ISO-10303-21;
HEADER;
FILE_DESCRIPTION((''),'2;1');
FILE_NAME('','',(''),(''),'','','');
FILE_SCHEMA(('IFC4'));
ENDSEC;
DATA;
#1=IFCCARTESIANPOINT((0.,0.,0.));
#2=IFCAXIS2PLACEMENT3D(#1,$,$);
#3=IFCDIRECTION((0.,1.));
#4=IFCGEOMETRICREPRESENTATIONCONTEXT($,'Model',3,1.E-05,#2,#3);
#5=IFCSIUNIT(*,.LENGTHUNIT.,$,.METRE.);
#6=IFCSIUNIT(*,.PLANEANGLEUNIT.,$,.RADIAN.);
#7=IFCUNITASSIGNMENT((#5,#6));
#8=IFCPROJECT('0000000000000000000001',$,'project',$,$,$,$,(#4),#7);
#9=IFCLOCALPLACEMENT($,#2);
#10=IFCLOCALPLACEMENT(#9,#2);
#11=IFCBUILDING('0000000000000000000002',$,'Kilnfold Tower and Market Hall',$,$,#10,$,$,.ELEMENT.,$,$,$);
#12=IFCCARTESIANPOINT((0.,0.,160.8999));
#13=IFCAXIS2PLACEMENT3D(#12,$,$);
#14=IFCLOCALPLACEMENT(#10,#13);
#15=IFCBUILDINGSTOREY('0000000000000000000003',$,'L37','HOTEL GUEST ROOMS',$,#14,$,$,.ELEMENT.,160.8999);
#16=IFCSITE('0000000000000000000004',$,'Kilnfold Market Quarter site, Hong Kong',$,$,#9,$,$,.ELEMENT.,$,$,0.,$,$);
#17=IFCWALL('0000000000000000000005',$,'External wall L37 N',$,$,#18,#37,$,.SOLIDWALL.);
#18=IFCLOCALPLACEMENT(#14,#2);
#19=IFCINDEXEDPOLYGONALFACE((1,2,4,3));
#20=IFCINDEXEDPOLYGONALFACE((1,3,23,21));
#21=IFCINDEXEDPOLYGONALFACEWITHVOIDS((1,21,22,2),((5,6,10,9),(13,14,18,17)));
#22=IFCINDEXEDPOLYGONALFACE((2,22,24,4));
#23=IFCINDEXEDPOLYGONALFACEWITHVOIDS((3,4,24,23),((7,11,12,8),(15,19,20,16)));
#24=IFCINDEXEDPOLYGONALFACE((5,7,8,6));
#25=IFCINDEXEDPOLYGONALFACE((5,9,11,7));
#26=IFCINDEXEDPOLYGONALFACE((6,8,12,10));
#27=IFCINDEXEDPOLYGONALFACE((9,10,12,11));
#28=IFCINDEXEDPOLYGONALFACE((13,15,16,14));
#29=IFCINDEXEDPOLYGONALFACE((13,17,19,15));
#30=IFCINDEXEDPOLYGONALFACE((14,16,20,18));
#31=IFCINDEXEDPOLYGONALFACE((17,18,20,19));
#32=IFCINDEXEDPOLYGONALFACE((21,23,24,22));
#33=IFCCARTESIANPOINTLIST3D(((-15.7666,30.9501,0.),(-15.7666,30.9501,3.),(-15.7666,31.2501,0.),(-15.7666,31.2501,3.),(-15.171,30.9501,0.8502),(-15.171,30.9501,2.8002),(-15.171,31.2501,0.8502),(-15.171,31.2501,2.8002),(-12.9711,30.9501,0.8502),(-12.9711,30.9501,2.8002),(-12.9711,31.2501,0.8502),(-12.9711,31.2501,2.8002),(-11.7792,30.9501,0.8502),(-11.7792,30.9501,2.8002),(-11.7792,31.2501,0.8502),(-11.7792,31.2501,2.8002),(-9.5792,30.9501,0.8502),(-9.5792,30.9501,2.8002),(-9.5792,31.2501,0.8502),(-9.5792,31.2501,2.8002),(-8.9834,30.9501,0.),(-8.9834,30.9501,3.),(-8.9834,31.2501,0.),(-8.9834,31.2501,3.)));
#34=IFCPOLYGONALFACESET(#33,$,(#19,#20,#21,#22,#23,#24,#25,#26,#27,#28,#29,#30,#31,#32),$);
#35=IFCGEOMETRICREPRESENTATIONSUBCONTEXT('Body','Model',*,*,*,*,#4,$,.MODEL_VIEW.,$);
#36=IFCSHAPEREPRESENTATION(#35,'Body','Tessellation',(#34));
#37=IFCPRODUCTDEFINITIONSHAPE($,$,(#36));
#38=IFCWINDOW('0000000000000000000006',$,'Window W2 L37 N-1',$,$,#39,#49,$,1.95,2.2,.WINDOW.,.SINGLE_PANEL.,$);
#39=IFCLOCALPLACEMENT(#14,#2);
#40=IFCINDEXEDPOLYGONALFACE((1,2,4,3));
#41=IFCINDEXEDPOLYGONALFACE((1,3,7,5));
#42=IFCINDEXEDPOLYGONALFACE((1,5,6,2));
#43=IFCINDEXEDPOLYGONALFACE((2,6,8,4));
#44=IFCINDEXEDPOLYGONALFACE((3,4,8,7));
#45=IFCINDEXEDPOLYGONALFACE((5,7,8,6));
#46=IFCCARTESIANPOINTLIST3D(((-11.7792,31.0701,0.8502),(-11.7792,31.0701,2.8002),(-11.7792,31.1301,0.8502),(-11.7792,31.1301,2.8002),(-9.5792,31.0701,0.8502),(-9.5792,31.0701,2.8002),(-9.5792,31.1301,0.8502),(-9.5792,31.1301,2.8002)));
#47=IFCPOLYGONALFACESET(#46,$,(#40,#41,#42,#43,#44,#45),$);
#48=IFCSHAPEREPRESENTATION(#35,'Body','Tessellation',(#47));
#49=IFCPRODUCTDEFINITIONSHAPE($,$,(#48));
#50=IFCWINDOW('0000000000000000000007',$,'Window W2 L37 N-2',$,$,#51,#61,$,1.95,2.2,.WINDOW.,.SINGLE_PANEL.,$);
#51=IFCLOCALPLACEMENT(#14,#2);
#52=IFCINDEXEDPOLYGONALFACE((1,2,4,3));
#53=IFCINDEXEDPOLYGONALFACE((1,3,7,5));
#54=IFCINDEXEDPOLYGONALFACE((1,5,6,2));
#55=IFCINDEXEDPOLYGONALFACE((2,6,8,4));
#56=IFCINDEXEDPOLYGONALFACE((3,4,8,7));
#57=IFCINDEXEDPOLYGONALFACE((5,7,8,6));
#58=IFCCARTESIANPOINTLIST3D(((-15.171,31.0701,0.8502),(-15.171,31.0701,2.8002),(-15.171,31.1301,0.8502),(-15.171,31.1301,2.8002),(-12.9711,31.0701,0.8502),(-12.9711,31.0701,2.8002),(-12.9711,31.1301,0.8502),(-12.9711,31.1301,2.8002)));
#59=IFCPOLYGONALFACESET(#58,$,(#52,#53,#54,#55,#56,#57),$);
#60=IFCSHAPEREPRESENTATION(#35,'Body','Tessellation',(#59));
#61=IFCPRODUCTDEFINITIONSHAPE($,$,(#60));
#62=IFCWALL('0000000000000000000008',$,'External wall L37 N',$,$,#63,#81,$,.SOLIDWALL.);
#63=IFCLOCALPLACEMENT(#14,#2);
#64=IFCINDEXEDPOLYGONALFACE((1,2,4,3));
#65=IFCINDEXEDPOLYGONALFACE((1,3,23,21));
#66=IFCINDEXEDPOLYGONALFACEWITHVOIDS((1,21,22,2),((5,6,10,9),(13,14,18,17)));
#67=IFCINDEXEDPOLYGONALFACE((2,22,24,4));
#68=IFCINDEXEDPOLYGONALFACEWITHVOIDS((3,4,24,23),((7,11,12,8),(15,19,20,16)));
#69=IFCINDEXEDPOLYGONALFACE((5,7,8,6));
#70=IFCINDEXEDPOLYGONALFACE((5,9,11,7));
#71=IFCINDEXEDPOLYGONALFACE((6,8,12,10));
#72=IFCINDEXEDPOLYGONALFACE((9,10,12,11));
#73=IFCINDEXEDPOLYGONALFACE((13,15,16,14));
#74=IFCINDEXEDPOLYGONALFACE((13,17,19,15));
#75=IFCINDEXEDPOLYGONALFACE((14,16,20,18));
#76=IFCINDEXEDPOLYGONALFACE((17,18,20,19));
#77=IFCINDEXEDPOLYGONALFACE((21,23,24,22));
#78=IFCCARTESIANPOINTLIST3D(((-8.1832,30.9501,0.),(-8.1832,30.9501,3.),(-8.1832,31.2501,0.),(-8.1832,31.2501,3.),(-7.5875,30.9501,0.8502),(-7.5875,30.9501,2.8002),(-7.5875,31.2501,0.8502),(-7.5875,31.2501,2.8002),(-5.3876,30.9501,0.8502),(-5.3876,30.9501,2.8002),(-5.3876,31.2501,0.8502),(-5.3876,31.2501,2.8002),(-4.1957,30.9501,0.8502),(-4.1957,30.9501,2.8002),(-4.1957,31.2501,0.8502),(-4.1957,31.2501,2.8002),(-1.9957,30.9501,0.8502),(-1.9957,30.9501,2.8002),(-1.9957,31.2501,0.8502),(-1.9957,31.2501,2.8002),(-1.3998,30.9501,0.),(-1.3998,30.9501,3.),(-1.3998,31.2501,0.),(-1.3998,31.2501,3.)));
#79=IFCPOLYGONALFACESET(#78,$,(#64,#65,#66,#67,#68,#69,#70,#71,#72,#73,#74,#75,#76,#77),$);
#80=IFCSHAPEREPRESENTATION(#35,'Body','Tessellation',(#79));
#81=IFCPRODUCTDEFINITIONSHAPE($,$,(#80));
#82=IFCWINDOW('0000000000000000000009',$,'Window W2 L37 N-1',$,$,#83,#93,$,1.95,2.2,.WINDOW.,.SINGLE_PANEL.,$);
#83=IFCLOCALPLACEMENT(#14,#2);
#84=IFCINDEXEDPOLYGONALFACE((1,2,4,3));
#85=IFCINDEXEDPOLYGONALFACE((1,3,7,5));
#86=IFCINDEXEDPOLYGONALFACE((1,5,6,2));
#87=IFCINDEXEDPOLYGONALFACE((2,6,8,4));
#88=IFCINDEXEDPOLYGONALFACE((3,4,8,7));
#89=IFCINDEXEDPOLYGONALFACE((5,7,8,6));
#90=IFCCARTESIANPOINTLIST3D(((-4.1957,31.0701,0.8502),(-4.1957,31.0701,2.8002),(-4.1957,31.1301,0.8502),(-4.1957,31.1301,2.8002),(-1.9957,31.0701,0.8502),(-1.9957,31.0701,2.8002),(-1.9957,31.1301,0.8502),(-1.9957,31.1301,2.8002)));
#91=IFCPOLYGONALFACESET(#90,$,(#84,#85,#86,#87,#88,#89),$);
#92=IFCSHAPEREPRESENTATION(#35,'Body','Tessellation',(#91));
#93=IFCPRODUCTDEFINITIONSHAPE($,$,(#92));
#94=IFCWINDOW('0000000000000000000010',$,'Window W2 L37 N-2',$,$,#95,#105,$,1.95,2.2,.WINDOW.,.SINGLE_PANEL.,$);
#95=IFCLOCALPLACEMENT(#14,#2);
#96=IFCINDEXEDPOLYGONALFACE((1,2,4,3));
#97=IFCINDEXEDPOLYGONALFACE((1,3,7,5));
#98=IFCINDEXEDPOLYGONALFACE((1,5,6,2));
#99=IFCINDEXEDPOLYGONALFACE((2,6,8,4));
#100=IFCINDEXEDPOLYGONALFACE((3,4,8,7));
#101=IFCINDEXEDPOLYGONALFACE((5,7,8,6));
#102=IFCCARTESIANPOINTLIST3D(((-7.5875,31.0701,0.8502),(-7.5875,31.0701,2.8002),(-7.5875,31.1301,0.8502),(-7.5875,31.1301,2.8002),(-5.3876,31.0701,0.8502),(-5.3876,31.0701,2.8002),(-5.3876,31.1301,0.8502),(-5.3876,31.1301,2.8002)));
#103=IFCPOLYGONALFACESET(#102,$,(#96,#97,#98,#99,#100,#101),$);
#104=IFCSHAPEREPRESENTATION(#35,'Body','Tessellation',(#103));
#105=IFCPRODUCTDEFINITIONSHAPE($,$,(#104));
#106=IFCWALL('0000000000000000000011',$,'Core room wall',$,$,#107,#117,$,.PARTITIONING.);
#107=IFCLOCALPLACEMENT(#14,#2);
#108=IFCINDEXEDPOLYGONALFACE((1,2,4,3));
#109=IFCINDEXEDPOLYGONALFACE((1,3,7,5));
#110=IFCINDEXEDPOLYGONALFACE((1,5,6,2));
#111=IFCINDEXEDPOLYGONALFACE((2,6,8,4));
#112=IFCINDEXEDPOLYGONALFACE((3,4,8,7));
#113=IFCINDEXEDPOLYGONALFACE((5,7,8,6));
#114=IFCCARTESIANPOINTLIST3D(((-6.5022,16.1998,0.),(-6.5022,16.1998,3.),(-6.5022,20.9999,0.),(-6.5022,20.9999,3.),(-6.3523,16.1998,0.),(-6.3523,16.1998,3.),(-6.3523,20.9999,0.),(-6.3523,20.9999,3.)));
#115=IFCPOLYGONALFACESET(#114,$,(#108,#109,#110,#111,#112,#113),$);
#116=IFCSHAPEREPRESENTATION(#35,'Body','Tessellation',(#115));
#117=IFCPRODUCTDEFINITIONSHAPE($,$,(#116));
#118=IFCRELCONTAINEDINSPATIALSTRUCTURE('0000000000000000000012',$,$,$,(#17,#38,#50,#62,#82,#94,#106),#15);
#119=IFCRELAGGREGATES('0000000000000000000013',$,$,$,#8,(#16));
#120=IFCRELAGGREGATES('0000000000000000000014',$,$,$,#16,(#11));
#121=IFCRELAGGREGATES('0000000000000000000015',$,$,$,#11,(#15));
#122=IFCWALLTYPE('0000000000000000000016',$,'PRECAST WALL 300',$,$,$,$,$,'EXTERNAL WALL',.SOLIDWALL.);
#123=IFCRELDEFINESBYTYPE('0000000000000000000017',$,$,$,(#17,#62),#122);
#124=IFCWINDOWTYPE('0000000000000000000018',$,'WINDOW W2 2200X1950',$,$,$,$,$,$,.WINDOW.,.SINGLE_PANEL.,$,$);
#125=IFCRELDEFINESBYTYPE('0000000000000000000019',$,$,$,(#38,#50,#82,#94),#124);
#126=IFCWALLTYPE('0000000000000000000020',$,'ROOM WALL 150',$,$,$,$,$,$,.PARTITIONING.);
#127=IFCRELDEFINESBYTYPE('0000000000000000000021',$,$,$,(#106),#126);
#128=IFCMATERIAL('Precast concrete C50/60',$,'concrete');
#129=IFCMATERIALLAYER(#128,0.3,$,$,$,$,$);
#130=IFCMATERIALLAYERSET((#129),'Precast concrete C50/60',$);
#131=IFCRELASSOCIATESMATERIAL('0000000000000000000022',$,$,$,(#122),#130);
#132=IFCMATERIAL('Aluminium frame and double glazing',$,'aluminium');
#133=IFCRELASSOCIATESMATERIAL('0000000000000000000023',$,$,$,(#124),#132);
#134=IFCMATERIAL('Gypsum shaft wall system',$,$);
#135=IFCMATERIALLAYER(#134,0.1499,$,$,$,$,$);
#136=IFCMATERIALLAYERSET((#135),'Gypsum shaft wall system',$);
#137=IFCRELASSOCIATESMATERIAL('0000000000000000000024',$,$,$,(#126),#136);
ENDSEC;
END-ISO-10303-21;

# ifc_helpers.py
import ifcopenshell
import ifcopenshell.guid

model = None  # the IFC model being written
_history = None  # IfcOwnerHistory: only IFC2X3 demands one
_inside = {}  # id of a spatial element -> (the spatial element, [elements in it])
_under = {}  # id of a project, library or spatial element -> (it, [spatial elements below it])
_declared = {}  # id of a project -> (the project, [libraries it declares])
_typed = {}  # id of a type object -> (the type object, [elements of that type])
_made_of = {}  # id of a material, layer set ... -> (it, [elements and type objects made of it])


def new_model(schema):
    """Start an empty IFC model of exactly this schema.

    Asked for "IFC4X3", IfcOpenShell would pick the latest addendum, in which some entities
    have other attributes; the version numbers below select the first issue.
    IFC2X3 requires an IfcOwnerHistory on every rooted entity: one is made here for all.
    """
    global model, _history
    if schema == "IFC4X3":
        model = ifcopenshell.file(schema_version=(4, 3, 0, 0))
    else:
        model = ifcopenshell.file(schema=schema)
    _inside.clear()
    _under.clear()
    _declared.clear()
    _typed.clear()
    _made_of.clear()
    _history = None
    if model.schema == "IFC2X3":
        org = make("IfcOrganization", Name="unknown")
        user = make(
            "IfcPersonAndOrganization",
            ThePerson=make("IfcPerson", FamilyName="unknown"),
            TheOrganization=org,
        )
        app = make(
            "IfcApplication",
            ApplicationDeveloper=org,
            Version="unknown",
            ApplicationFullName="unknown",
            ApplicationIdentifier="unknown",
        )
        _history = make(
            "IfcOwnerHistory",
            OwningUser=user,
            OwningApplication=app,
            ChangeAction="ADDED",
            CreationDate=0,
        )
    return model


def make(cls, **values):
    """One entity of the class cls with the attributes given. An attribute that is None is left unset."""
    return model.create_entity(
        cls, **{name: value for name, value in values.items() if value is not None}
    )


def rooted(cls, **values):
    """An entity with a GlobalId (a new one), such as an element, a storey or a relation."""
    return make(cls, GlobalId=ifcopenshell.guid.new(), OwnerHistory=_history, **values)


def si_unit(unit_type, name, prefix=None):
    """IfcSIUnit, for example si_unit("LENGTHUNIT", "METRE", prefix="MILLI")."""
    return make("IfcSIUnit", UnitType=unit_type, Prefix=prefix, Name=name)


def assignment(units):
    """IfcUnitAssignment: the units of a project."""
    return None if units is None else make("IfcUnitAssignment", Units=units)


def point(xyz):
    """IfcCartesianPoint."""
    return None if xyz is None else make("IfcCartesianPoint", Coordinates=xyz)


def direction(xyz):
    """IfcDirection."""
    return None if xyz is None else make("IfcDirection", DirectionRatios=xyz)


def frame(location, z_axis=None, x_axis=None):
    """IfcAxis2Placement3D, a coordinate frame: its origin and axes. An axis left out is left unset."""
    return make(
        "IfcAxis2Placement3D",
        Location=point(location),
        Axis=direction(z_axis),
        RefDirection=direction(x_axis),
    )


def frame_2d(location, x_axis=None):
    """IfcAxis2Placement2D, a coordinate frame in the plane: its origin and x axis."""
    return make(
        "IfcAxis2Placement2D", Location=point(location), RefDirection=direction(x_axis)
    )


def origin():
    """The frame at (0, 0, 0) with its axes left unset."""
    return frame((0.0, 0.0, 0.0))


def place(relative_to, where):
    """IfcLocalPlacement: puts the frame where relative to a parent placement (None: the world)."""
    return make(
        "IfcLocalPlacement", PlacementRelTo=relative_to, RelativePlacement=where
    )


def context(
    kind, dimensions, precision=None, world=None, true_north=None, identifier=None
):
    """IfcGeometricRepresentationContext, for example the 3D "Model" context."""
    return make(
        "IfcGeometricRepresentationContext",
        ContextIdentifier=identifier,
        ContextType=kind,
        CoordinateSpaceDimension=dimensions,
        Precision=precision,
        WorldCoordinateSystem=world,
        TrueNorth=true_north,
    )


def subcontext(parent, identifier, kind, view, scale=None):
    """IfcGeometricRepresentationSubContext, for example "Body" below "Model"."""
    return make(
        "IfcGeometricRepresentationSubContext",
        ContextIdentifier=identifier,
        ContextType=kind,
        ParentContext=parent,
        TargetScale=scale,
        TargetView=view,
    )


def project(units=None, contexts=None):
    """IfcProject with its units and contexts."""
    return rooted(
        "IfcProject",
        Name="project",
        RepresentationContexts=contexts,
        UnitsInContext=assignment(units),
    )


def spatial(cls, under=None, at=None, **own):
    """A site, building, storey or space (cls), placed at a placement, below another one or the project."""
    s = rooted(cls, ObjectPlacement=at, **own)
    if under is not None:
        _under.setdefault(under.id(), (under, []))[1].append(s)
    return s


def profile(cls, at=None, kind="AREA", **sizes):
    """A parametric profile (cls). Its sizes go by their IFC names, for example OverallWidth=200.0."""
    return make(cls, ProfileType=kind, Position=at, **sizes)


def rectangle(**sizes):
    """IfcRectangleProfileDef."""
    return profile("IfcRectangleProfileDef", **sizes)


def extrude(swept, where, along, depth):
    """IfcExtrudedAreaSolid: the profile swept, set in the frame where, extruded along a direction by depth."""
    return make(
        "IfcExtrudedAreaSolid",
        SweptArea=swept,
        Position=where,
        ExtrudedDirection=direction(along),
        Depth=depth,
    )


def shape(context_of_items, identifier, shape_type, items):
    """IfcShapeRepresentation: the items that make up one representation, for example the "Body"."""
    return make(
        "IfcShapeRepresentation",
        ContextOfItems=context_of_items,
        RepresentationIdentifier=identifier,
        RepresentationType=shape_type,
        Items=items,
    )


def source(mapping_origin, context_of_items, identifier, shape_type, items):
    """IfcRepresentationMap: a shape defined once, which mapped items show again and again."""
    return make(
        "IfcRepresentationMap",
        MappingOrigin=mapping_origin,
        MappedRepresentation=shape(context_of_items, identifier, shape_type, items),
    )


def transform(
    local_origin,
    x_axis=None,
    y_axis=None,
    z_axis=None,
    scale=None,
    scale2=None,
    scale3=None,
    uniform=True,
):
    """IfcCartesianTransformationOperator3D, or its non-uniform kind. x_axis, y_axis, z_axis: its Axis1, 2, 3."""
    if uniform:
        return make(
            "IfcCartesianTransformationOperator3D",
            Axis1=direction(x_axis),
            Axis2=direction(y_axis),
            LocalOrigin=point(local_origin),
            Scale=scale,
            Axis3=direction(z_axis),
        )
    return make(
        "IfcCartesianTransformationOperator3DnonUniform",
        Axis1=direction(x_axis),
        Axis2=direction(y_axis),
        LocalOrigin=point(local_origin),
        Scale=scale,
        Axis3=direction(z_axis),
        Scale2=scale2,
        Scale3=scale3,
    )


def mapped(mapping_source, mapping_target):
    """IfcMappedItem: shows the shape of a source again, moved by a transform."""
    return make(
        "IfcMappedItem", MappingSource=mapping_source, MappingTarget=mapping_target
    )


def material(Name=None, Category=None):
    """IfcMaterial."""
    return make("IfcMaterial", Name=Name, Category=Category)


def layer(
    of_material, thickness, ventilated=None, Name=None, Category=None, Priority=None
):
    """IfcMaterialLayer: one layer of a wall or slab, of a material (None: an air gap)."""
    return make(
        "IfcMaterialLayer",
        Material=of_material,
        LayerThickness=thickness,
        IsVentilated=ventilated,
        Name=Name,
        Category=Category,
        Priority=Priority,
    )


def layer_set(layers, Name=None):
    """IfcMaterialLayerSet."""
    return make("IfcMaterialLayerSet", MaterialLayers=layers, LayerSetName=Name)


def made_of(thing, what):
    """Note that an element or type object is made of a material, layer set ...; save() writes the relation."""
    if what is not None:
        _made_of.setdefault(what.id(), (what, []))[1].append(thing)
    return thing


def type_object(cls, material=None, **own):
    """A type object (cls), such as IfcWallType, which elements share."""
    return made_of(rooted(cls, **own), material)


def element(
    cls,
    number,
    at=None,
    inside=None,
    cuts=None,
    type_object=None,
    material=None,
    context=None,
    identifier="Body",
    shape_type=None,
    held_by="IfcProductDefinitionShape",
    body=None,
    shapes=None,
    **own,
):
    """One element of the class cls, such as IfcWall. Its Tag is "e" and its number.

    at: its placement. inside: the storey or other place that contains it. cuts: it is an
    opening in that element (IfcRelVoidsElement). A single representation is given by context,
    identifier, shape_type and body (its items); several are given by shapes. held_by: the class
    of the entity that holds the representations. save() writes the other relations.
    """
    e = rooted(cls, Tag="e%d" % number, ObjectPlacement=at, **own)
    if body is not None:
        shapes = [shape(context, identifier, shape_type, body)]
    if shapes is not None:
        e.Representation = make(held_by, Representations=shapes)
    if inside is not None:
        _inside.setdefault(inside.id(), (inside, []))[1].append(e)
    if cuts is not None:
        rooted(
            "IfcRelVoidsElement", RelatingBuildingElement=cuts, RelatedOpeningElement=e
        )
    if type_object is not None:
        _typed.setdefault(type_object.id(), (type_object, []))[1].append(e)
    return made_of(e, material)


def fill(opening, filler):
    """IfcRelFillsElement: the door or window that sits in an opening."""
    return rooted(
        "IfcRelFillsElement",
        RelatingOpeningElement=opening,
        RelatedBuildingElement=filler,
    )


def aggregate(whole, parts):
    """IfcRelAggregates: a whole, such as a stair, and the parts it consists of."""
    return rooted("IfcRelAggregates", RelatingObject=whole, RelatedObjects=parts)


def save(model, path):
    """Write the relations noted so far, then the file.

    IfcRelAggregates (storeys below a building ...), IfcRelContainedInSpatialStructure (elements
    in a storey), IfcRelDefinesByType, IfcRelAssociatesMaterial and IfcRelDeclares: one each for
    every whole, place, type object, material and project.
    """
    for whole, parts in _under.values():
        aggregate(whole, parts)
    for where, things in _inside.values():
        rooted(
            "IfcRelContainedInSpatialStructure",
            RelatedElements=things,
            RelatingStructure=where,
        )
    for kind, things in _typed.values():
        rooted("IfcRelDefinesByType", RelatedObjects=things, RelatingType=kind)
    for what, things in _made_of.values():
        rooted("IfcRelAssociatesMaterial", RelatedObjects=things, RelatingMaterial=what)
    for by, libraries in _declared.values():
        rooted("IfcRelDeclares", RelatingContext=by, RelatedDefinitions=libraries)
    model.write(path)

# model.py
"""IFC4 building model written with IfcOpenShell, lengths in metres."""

from ifc_helpers import new_model, si_unit, direction, frame, frame_2d, origin, place, context, subcontext, project, spatial, rectangle, extrude, source, transform, mapped, material, layer, layer_set, type_object, element, fill, save


model = new_model("IFC4")

# Units and contexts
model_context = context("Model", 3, precision=1e-05, world=origin(), true_north=direction((0.0, 1.0)))
body_context = subcontext(model_context, "Body", "Model", "MODEL_VIEW")
ifc_project = project(units=[si_unit("LENGTHUNIT", "METRE"), si_unit("PLANEANGLEUNIT", "RADIAN")], contexts=[model_context])

# Site, building, storey
site_placement = place(None, origin())
site = spatial("IfcSite", under=ifc_project, at=site_placement, Name="Kilnfold Market Quarter site, Hong Kong", CompositionType="ELEMENT", RefElevation=0.0)
building_placement = place(site_placement, origin())
building = spatial("IfcBuilding", under=site, at=building_placement, Name="Kilnfold Tower and Market Hall", CompositionType="ELEMENT")
storey_placement = place(building_placement, frame((0.0, 0.0, 160.8999)))
storey = spatial("IfcBuildingStorey", under=building, at=storey_placement, Name="L37", Description="HOTEL GUEST ROOMS", CompositionType="ELEMENT", Elevation=160.8999)

# Walls, openings, windows
ifc_material_1 = material(Name="Precast concrete C50/60", Category="concrete")
ifc_layer_1 = layer(ifc_material_1, 0.3)
ifc_layer_set_1 = layer_set([ifc_layer_1], Name="Precast concrete C50/60")
wall_type_1 = type_object("IfcWallType", Name="PRECAST WALL 300", ElementType="EXTERNAL WALL", PredefinedType="SOLIDWALL", material=ifc_layer_set_1)
shared_shape_1 = source(origin(), body_context, "Body", "SweptSolid", [
    extrude(rectangle(XDim=6.7832, YDim=0.3, at=frame_2d((3.3916, 0.0))), origin(), (0.0, 0.0, 1.0), 3.0),
])
wall_1_placement = place(storey_placement, frame((-8.9834, 31.1001, 0.0), z_axis=(0.0, 0.0, 1.0), x_axis=(-1.0, 0.0, 0.0)))
wall_1 = element("IfcWall", 1, at=wall_1_placement, inside=storey, type_object=wall_type_1, Name="External wall L37 N", PredefinedType="SOLIDWALL", context=body_context, shape_type="MappedRepresentation", body=[
    mapped(shared_shape_1, transform((0.0, 0.0, 0.0))),
])
opening_1_placement = place(wall_1_placement, frame((0.5957, 0.0, 0.8501)))
opening_1 = element("IfcOpeningElement", 2, at=opening_1_placement, cuts=wall_1, PredefinedType="OPENING", context=body_context, shape_type="SweptSolid", body=[
    extrude(rectangle(XDim=2.2, YDim=1.95, at=frame_2d((1.1001, 0.9751))), frame((0.0, 0.1602, 0.0), z_axis=(0.0, -1.0, 0.0), x_axis=(1.0, 0.0, 0.0)), (0.0, 0.0, 1.0), 0.3201),
])
opening_2_placement = place(wall_1_placement, frame((3.9875, 0.0, 0.8501)))
opening_2 = element("IfcOpeningElement", 3, at=opening_2_placement, cuts=wall_1, PredefinedType="OPENING", context=body_context, shape_type="SweptSolid", body=[
    extrude(rectangle(XDim=2.2, YDim=1.95, at=frame_2d((1.1001, 0.9751))), frame((0.0, 0.1602, 0.0), z_axis=(0.0, -1.0, 0.0), x_axis=(1.0, 0.0, 0.0)), (0.0, 0.0, 1.0), 0.3201),
])
ifc_material_2 = material(Name="Aluminium frame and double glazing", Category="aluminium")
window_type = type_object("IfcWindowType", Name="WINDOW W2 2200X1950", PartitioningType="SINGLE_PANEL", PredefinedType="WINDOW", material=ifc_material_2)
window_1_placement = place(opening_1_placement, origin())
window_1 = element("IfcWindow", 4, at=window_1_placement, inside=storey, type_object=window_type, Name="Window W2 L37 N-1", OverallHeight=1.95, OverallWidth=2.2, PartitioningType="SINGLE_PANEL", PredefinedType="WINDOW", context=body_context, shape_type="SweptSolid", body=[
    extrude(rectangle(XDim=2.2, YDim=1.95, at=frame_2d((1.1001, 0.9751))), frame((0.0, 0.03, 0.0), z_axis=(0.0, -1.0, 0.0), x_axis=(1.0, 0.0, 0.0)), (0.0, 0.0, 1.0), 0.0601),
])
fill(opening_1, window_1)
window_2_placement = place(opening_2_placement, origin())
window_2 = element("IfcWindow", 5, at=window_2_placement, inside=storey, type_object=window_type, Name="Window W2 L37 N-2", OverallHeight=1.95, OverallWidth=2.2, PartitioningType="SINGLE_PANEL", PredefinedType="WINDOW", context=body_context, shape_type="SweptSolid", body=[
    extrude(rectangle(XDim=2.2, YDim=1.95, at=frame_2d((1.1001, 0.9751))), frame((0.0, 0.03, 0.0), z_axis=(0.0, -1.0, 0.0), x_axis=(1.0, 0.0, 0.0)), (0.0, 0.0, 1.0), 0.0601),
])
fill(opening_2, window_2)
shared_shape_2 = source(origin(), body_context, "Body", "SweptSolid", [
    extrude(rectangle(XDim=6.7834, YDim=0.3, at=frame_2d((3.3916, 0.0))), origin(), (0.0, 0.0, 1.0), 3.0),
])
wall_2_placement = place(storey_placement, frame((-1.3999, 31.1001, 0.0), z_axis=(0.0, 0.0, 1.0), x_axis=(-1.0, 0.0, 0.0)))
wall_2 = element("IfcWall", 6, at=wall_2_placement, inside=storey, type_object=wall_type_1, Name="External wall L37 N", PredefinedType="SOLIDWALL", context=body_context, shape_type="MappedRepresentation", body=[
    mapped(shared_shape_2, transform((0.0, 0.0, 0.0))),
])
opening_3_placement = place(wall_2_placement, frame((0.5957, 0.0, 0.8501)))
opening_3 = element("IfcOpeningElement", 7, at=opening_3_placement, cuts=wall_2, PredefinedType="OPENING", context=body_context, shape_type="SweptSolid", body=[
    extrude(rectangle(XDim=2.2, YDim=1.95, at=frame_2d((1.1001, 0.9751))), frame((0.0, 0.1602, 0.0), z_axis=(0.0, -1.0, 0.0), x_axis=(1.0, 0.0, 0.0)), (0.0, 0.0, 1.0), 0.3201),
])
opening_4_placement = place(wall_2_placement, frame((3.9875, 0.0, 0.8501)))
opening_4 = element("IfcOpeningElement", 8, at=opening_4_placement, cuts=wall_2, PredefinedType="OPENING", context=body_context, shape_type="SweptSolid", body=[
    extrude(rectangle(XDim=2.2, YDim=1.95, at=frame_2d((1.1001, 0.9751))), frame((0.0, 0.1602, 0.0), z_axis=(0.0, -1.0, 0.0), x_axis=(1.0, 0.0, 0.0)), (0.0, 0.0, 1.0), 0.3201),
])
window_3_placement = place(opening_3_placement, origin())
window_3 = element("IfcWindow", 9, at=window_3_placement, inside=storey, type_object=window_type, Name="Window W2 L37 N-1", OverallHeight=1.95, OverallWidth=2.2, PartitioningType="SINGLE_PANEL", PredefinedType="WINDOW", context=body_context, shape_type="SweptSolid", body=[
    extrude(rectangle(XDim=2.2, YDim=1.95, at=frame_2d((1.1001, 0.9751))), frame((0.0, 0.03, 0.0), z_axis=(0.0, -1.0, 0.0), x_axis=(1.0, 0.0, 0.0)), (0.0, 0.0, 1.0), 0.0601),
])
fill(opening_3, window_3)
window_4_placement = place(opening_4_placement, origin())
window_4 = element("IfcWindow", 10, at=window_4_placement, inside=storey, type_object=window_type, Name="Window W2 L37 N-2", OverallHeight=1.95, OverallWidth=2.2, PartitioningType="SINGLE_PANEL", PredefinedType="WINDOW", context=body_context, shape_type="SweptSolid", body=[
    extrude(rectangle(XDim=2.2, YDim=1.95, at=frame_2d((1.1001, 0.9751))), frame((0.0, 0.03, 0.0), z_axis=(0.0, -1.0, 0.0), x_axis=(1.0, 0.0, 0.0)), (0.0, 0.0, 1.0), 0.0601),
])
fill(opening_4, window_4)

# Wall
ifc_material_3 = material(Name="Gypsum shaft wall system")
ifc_layer_2 = layer(ifc_material_3, 0.1499)
ifc_layer_set_2 = layer_set([ifc_layer_2], Name="Gypsum shaft wall system")
wall_type_2 = type_object("IfcWallType", Name="ROOM WALL 150", PredefinedType="PARTITIONING", material=ifc_layer_set_2)
shared_shape_3 = source(origin(), body_context, "Body", "SweptSolid", [
    extrude(rectangle(XDim=4.8, YDim=0.1499, at=frame_2d((2.3999, 0.0))), origin(), (0.0, 0.0, 1.0), 3.0),
])
wall_3_placement = place(storey_placement, frame((-6.4272, 16.2, 0.0), z_axis=(0.0, 0.0, 1.0), x_axis=(0.0, 1.0, 0.0)))
element("IfcWall", 11, at=wall_3_placement, inside=storey, type_object=wall_type_2, Name="Core room wall", PredefinedType="PARTITIONING", context=body_context, shape_type="MappedRepresentation", body=[
    mapped(shared_shape_3, transform((0.0, 0.0, 0.0))),
])

save(model, "model.ifc")
